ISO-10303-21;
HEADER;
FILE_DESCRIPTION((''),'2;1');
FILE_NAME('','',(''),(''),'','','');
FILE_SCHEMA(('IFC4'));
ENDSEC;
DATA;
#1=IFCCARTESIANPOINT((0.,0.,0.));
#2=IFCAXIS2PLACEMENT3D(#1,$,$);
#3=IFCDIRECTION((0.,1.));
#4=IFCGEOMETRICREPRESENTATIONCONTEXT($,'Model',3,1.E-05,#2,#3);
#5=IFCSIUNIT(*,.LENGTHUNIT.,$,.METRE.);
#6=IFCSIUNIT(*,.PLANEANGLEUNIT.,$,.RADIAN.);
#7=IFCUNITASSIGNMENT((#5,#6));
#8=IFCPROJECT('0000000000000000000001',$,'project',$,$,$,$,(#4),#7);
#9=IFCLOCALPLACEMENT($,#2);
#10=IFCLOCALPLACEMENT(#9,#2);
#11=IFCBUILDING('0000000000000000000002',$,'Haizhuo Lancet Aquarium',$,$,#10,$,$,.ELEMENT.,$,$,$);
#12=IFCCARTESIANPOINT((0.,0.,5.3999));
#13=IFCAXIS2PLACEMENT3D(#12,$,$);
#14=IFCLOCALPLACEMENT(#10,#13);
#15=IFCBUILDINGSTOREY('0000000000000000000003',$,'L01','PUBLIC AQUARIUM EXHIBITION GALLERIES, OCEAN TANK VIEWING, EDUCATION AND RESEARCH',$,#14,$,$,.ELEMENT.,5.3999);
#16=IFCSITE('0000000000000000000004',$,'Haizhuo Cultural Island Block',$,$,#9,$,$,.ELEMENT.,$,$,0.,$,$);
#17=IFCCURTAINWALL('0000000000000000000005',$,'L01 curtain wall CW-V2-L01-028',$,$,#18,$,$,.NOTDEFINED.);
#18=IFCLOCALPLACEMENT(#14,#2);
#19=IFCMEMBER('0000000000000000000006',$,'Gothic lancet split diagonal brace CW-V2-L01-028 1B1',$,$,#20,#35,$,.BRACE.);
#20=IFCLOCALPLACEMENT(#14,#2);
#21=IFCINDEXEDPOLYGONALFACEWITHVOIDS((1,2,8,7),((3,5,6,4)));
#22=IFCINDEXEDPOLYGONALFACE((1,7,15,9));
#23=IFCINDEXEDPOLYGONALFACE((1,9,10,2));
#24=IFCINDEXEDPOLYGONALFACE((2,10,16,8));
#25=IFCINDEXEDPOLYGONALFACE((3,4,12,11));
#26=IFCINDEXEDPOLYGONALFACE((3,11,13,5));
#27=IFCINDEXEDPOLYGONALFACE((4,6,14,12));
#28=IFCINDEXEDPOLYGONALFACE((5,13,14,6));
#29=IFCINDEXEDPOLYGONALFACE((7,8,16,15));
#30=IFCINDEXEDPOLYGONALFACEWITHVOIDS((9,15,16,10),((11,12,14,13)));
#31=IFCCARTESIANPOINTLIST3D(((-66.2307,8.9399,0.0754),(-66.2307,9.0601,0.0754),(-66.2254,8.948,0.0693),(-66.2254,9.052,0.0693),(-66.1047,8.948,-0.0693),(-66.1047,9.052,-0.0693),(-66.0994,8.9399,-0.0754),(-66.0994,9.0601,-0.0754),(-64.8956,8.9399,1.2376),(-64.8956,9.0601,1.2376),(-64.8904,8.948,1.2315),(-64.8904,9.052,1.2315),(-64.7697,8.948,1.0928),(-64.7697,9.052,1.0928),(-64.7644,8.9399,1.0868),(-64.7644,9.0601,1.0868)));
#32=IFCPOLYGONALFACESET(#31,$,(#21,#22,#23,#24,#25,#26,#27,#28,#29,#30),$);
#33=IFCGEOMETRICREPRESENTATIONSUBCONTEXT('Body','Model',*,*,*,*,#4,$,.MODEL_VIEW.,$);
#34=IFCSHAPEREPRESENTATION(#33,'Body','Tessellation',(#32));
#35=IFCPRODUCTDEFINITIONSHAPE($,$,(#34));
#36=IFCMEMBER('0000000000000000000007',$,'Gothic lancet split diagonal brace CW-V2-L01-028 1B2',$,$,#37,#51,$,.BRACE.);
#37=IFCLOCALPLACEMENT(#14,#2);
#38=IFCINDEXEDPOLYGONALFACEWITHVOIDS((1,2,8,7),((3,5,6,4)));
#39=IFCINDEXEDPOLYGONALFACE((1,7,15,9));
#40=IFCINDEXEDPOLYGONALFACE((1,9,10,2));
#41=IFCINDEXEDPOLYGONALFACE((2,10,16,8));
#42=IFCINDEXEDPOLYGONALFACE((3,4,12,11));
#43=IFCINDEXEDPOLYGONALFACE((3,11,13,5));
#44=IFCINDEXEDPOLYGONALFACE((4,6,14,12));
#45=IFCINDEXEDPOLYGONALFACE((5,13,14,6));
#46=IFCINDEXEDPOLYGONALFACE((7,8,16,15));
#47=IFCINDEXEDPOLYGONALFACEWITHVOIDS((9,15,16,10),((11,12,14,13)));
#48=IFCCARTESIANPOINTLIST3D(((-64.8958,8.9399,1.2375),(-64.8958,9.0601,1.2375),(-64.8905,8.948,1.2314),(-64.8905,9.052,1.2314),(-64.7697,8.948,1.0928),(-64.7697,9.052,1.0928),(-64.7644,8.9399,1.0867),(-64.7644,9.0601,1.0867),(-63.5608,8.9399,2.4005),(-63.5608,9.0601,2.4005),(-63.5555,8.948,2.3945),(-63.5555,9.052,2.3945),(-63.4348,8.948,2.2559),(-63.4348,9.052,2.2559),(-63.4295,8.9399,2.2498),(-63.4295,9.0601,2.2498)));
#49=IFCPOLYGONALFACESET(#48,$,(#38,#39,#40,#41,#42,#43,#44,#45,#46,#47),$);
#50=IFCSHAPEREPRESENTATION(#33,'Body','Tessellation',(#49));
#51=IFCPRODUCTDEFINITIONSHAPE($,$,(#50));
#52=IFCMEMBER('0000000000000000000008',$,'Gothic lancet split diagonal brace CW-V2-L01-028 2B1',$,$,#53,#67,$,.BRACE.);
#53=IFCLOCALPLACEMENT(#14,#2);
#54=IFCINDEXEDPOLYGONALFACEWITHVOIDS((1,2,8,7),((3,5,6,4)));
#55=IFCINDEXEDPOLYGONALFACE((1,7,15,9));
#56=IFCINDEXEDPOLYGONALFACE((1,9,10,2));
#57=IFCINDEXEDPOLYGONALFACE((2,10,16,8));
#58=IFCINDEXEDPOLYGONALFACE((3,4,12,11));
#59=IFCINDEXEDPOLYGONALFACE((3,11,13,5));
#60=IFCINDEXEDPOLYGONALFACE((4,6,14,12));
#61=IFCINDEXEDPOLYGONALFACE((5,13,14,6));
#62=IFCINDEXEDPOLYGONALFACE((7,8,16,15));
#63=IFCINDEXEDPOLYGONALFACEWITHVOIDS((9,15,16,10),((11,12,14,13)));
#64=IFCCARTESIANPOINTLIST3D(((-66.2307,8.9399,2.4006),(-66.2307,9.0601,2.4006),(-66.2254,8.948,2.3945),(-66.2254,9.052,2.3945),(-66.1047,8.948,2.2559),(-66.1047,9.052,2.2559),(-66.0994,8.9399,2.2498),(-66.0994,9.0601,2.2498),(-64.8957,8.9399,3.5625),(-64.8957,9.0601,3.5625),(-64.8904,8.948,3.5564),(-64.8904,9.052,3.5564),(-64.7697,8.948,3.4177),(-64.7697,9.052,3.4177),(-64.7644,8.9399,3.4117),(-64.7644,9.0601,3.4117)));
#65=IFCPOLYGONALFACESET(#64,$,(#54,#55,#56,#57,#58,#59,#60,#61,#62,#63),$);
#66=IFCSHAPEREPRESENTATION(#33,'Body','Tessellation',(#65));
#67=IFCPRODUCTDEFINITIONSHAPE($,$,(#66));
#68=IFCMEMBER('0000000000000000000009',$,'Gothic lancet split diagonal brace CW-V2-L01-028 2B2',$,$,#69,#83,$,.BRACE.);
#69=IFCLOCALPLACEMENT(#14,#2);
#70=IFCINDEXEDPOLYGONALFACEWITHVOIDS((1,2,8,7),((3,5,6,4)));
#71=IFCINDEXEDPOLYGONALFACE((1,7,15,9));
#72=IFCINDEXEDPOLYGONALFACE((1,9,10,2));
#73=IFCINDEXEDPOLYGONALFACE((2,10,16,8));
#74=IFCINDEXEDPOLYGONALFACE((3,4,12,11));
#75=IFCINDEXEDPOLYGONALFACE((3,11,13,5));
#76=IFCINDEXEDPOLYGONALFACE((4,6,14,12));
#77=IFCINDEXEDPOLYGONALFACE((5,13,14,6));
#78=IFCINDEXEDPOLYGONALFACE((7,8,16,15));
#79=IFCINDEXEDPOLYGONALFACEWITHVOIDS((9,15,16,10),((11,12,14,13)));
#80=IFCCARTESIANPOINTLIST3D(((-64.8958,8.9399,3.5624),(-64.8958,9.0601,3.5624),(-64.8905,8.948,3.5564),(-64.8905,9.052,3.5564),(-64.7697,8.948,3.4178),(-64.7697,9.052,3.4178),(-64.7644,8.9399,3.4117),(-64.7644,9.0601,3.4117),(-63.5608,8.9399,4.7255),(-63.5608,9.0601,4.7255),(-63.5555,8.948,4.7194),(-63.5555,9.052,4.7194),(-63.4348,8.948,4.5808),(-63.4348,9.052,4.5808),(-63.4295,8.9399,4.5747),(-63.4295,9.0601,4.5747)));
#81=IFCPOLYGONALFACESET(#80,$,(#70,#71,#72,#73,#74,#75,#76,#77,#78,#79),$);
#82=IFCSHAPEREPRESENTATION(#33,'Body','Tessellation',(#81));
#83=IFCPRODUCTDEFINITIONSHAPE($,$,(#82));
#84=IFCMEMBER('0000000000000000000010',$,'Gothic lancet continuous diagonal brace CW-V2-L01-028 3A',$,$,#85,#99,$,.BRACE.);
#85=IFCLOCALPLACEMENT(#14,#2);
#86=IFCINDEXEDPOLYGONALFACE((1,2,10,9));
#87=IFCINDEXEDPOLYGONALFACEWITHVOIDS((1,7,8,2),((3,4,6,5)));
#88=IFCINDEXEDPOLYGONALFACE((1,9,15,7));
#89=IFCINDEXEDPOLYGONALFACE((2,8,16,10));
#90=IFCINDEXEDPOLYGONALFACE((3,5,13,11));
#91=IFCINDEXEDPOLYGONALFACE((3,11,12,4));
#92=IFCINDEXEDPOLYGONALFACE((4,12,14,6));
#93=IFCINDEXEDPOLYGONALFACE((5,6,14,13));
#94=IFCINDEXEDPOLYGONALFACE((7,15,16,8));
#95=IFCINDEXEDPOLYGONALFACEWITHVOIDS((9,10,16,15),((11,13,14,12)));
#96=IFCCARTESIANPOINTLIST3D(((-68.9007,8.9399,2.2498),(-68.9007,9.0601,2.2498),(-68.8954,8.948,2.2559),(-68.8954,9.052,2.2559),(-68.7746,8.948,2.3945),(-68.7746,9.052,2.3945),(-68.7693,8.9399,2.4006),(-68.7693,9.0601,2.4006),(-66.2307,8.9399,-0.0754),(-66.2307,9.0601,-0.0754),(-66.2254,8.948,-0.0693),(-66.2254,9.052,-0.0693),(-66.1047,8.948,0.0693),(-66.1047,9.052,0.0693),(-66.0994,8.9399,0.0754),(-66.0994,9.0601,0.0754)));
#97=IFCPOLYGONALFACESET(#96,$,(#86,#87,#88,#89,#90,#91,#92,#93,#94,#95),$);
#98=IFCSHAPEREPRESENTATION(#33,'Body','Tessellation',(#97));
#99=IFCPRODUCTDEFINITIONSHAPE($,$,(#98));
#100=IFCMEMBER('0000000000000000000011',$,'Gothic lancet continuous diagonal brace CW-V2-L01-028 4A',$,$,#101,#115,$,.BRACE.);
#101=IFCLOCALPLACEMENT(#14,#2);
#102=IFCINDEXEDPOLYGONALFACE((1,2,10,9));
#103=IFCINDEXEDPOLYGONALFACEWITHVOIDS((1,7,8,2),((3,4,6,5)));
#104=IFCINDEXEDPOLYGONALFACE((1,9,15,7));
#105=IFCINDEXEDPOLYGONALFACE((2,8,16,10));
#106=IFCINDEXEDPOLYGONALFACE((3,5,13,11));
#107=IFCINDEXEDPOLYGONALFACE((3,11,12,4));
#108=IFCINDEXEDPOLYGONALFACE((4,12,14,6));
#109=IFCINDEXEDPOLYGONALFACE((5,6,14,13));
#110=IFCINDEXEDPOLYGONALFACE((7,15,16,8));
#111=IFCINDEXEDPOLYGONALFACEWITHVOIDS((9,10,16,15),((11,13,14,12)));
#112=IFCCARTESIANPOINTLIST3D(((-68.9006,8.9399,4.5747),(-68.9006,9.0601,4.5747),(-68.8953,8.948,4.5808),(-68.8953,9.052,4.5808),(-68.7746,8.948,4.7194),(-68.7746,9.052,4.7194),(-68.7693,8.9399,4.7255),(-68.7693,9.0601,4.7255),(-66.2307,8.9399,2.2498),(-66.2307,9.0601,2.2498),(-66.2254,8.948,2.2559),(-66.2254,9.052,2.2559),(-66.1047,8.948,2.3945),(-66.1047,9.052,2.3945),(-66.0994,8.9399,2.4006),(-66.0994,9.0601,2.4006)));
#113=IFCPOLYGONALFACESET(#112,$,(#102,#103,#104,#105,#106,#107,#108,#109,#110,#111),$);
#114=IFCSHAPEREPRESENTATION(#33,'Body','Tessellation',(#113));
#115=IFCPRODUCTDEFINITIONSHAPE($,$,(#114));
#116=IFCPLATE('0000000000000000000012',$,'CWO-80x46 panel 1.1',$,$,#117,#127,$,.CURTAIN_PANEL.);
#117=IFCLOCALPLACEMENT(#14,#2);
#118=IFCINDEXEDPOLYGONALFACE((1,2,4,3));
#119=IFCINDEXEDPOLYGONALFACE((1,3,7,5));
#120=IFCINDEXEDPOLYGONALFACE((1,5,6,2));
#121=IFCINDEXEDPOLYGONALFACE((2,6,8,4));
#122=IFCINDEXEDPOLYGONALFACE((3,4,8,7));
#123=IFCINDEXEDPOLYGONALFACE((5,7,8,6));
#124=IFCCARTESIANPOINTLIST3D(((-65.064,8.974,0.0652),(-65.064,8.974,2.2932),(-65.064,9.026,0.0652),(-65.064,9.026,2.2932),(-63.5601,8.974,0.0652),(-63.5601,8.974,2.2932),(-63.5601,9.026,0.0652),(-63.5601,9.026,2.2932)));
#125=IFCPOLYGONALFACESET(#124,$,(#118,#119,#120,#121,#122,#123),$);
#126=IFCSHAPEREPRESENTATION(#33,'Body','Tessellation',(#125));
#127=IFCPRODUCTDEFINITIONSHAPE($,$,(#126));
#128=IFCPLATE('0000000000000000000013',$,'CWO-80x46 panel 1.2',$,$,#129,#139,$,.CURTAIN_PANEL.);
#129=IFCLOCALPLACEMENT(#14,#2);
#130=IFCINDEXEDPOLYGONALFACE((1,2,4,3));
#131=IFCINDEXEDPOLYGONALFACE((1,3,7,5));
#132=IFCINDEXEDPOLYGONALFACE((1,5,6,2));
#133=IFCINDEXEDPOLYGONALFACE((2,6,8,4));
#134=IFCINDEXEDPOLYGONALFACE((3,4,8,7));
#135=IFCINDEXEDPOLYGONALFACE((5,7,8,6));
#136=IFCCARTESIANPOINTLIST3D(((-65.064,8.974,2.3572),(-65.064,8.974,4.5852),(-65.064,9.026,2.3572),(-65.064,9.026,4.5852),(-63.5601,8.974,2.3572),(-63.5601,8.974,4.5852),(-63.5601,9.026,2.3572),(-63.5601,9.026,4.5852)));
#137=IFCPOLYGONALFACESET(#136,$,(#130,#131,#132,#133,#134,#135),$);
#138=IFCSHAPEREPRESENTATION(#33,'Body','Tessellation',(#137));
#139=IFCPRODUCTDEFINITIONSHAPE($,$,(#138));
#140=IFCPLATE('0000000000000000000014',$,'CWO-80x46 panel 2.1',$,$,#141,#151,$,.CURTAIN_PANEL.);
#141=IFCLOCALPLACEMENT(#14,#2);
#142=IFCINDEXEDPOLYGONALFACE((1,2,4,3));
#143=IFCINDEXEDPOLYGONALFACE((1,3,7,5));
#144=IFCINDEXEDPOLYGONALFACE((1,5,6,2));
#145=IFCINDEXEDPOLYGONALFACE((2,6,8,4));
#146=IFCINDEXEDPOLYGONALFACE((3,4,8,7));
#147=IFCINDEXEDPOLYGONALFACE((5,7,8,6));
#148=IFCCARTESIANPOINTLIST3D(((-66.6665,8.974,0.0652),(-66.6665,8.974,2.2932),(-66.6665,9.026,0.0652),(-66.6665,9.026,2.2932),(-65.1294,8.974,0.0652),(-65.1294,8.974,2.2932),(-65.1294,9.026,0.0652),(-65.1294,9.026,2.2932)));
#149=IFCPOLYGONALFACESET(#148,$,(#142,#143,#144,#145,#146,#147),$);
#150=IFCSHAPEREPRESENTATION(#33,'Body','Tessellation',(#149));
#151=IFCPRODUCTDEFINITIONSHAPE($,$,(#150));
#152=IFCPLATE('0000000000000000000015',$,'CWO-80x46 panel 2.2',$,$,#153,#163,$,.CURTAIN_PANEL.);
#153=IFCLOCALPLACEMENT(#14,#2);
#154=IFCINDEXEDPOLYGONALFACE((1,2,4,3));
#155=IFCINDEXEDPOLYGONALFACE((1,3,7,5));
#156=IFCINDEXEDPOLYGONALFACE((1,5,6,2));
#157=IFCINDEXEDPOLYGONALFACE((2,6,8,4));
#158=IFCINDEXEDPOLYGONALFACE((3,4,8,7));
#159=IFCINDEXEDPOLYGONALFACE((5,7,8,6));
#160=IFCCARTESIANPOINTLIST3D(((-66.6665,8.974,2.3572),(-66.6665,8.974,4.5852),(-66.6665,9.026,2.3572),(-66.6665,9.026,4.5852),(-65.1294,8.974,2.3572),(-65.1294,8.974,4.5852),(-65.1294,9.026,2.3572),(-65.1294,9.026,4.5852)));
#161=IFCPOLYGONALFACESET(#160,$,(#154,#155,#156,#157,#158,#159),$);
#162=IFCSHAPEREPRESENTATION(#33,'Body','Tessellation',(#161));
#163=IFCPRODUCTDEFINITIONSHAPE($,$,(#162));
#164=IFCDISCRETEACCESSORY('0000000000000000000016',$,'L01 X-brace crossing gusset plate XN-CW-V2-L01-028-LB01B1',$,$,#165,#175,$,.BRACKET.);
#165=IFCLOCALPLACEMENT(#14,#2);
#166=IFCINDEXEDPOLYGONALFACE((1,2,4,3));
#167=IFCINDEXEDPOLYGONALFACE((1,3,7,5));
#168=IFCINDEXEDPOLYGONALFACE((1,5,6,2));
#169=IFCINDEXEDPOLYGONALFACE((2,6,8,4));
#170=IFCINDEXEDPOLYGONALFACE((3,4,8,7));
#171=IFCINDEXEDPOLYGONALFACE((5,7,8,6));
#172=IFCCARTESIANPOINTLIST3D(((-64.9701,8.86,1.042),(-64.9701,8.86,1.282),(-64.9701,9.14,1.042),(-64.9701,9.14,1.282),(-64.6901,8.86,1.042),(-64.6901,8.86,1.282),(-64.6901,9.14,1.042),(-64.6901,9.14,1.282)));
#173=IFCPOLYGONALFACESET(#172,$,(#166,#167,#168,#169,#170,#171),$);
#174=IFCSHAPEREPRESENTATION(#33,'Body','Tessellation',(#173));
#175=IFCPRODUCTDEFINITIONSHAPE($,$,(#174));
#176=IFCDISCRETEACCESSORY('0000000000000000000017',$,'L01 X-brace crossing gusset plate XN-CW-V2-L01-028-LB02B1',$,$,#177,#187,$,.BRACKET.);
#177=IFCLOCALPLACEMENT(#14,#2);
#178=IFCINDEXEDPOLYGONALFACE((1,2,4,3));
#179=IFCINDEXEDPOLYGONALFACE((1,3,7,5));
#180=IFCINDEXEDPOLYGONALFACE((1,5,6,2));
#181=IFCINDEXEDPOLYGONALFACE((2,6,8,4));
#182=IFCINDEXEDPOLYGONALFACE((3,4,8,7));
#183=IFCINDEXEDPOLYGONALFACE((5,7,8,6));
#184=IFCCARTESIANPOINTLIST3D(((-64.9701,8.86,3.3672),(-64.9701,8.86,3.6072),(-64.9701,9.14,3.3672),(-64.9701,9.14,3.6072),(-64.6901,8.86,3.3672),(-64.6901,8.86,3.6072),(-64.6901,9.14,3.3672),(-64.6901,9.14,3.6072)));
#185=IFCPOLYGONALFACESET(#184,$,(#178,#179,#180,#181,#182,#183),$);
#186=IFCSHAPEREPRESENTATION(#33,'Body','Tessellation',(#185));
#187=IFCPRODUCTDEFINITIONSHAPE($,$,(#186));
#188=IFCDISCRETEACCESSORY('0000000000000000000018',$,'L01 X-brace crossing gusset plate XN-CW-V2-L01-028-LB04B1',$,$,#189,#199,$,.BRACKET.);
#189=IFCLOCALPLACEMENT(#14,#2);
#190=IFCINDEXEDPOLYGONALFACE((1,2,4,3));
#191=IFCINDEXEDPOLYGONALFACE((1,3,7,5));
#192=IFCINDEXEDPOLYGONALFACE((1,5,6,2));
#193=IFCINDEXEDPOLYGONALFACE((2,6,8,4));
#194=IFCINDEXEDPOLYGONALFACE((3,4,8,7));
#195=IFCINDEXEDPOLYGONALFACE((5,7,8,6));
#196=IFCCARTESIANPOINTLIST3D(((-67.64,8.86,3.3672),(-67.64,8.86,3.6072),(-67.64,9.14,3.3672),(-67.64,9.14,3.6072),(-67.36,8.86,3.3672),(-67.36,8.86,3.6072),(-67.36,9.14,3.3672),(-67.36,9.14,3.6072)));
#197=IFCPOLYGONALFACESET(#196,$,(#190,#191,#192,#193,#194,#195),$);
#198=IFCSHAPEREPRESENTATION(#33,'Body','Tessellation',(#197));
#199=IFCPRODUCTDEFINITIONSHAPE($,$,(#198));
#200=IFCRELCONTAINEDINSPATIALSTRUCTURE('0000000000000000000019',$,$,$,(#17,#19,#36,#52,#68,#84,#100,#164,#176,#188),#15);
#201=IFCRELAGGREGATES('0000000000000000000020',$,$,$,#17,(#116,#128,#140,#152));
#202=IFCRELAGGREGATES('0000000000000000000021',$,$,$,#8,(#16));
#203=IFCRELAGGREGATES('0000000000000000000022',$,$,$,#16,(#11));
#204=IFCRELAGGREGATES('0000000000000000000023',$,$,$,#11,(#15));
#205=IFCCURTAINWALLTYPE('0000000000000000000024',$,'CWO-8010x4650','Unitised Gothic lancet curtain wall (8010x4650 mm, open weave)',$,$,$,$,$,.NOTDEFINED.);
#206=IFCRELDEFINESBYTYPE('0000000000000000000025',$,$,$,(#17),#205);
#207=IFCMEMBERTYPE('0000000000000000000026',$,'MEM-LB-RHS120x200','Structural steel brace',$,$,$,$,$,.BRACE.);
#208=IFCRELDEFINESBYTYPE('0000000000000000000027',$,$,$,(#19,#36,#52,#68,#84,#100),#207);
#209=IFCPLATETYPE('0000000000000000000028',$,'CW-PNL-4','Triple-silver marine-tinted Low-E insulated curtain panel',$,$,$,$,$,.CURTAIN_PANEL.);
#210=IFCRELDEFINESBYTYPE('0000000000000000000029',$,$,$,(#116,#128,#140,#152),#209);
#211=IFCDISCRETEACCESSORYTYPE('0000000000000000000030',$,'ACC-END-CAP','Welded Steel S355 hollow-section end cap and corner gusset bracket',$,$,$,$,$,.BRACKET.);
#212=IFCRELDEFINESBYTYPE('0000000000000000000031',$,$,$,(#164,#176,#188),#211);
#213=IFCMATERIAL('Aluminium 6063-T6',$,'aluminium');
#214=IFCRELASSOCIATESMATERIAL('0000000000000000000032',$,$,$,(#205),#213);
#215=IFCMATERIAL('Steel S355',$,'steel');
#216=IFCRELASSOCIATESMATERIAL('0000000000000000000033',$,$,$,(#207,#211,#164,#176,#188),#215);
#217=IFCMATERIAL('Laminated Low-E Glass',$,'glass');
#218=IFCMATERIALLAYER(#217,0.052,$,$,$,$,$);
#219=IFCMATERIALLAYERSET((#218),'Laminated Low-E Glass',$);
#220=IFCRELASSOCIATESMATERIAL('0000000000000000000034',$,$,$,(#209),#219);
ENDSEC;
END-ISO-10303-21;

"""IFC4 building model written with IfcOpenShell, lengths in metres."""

from ifc_helpers import new_model, si_unit, direction, frame, origin, origin_2d, place, context, subcontext, project, spatial, rectangle, hollow_rectangle, extrude, material, layer, layer_set, material_profile, profile_set, type_object, element, aggregate, save


model = new_model("IFC4")

# Units and contexts
model_context = context("Model", 3, precision=1e-05, world=origin(), true_north=direction((0.0, 1.0)))
body_context = subcontext(model_context, "Body", "Model", "MODEL_VIEW")
ifc_project = project(units=[si_unit("LENGTHUNIT", "METRE"), si_unit("PLANEANGLEUNIT", "RADIAN")], contexts=[model_context])

# Site, building, storey
site_placement = place(None, origin())
site = spatial("IfcSite", under=ifc_project, at=site_placement, Name="Haizhuo Cultural Island Block", CompositionType="ELEMENT", RefElevation=0.0)
building_placement = place(site_placement, origin())
building = spatial("IfcBuilding", under=site, at=building_placement, Name="Haizhuo Lancet Aquarium", CompositionType="ELEMENT")
storey_placement = place(building_placement, frame((0.0, 0.0, 5.3999)))
storey = spatial("IfcBuildingStorey", under=building, at=storey_placement, Name="L01", Description="PUBLIC AQUARIUM EXHIBITION GALLERIES, OCEAN TANK VIEWING, EDUCATION AND RESEARCH", CompositionType="ELEMENT", Elevation=5.3999)

# Curtain wall
ifc_material_1 = material(Name="Aluminium 6063-T6", Category="aluminium")
curtain_wall_type = type_object("IfcCurtainWallType", Name="CWO-8010x4650", Description="Unitised Gothic lancet curtain wall (8010x4650 mm, open weave)", PredefinedType="NOTDEFINED", material=ifc_material_1)
curtain_wall_placement = place(storey_placement, origin())
curtain_wall = element("IfcCurtainWall", 1, at=curtain_wall_placement, inside=storey, type_object=curtain_wall_type, Name="L01 curtain wall CW-V2-L01-028", PredefinedType="NOTDEFINED")

# Members
ifc_material_2 = material(Name="Steel S355", Category="steel")
ifc_material_profile_1 = material_profile(ifc_material_2, hollow_rectangle(XDim=0.1201, YDim=0.2, WallThickness=0.0081, at=origin_2d()), Name="RHS 120x200x8")
ifc_profile_set_1 = profile_set([ifc_material_profile_1], Name="Steel S355")
member_type_1 = type_object("IfcMemberType", Name="MEM-LB-RHS120x200", Description="Structural steel brace", PredefinedType="BRACE", material=ifc_profile_set_1)
member_1_placement = place(storey_placement, frame((-66.165, 9.0, 0.0), z_axis=(0.754249, 0.0, 0.656588), x_axis=(0.0, 1.0, 0.0)))
element("IfcMember", 2, at=member_1_placement, inside=storey, type_object=member_type_1, Name="Gothic lancet split diagonal brace CW-V2-L01-028 1B1", PredefinedType="BRACE", context=body_context, shape_type="SweptSolid", body=[
    extrude(hollow_rectangle(XDim=0.1201, YDim=0.2, WallThickness=0.0081, at=origin_2d()), origin(), (0.0, 0.0, 1.0), 1.77),
])
member_2_placement = place(storey_placement, frame((-64.8301, 9.0, 1.1621), z_axis=(0.753976, 0.0, 0.656902), x_axis=(0.0, 1.0, 0.0)))
element("IfcMember", 3, at=member_2_placement, inside=storey, type_object=member_type_1, Name="Gothic lancet split diagonal brace CW-V2-L01-028 1B2", PredefinedType="BRACE", context=body_context, shape_type="SweptSolid", body=[
    extrude(hollow_rectangle(XDim=0.1201, YDim=0.2, WallThickness=0.0081, at=origin_2d()), origin(), (0.0, 0.0, 1.0), 1.7705),
])
member_3_placement = place(storey_placement, frame((-66.165, 9.0, 2.3252), z_axis=(0.754317, 0.0, 0.65651), x_axis=(0.0, 1.0, 0.0)))
element("IfcMember", 4, at=member_3_placement, inside=storey, type_object=member_type_1, Name="Gothic lancet split diagonal brace CW-V2-L01-028 2B1", PredefinedType="BRACE", context=body_context, shape_type="SweptSolid", body=[
    extrude(hollow_rectangle(XDim=0.1201, YDim=0.2, WallThickness=0.0081, at=origin_2d()), origin(), (0.0, 0.0, 1.0), 1.7698),
])
member_4_placement = place(storey_placement, frame((-64.8301, 9.0, 3.4871), z_axis=(0.753976, 0.0, 0.656902), x_axis=(0.0, 1.0, 0.0)))
element("IfcMember", 5, at=member_4_placement, inside=storey, type_object=member_type_1, Name="Gothic lancet split diagonal brace CW-V2-L01-028 2B2", PredefinedType="BRACE", context=body_context, shape_type="SweptSolid", body=[
    extrude(hollow_rectangle(XDim=0.1201, YDim=0.2, WallThickness=0.0081, at=origin_2d()), origin(), (0.0, 0.0, 1.0), 1.7705),
])
member_5_placement = place(storey_placement, frame((-66.165, 9.0, 0.0), z_axis=(-0.754112, 0.0, 0.656745), x_axis=(0.0, -1.0, 0.0)))
element("IfcMember", 6, at=member_5_placement, inside=storey, type_object=member_type_1, Name="Gothic lancet continuous diagonal brace CW-V2-L01-028 3A", PredefinedType="BRACE", context=body_context, shape_type="SweptSolid", body=[
    extrude(hollow_rectangle(XDim=0.1201, YDim=0.2, WallThickness=0.0081, at=origin_2d()), origin(), (0.0, 0.0, 1.0), 3.5405),
])
member_6_placement = place(storey_placement, frame((-66.165, 9.0, 2.3252), z_axis=(-0.754147, 0.0, 0.656706), x_axis=(0.0, -1.0, 0.0)))
element("IfcMember", 7, at=member_6_placement, inside=storey, type_object=member_type_1, Name="Gothic lancet continuous diagonal brace CW-V2-L01-028 4A", PredefinedType="BRACE", context=body_context, shape_type="SweptSolid", body=[
    extrude(hollow_rectangle(XDim=0.1201, YDim=0.2, WallThickness=0.0081, at=origin_2d()), origin(), (0.0, 0.0, 1.0), 3.5403),
])

# Plates
ifc_material_3 = material(Name="Laminated Low-E Glass", Category="glass")
ifc_layer = layer(ifc_material_3, 0.052)
ifc_layer_set = layer_set([ifc_layer], Name="Laminated Low-E Glass")
plate_type = type_object("IfcPlateType", Name="CW-PNL-4", Description="Triple-silver marine-tinted Low-E insulated curtain panel", PredefinedType="CURTAIN_PANEL", material=ifc_layer_set)
plate_1_placement = place(storey_placement, frame((-64.312, 9.0, 0.0652), z_axis=(0.0, 0.0, 1.0), x_axis=(-1.0, 0.0, 0.0)))
plate_1 = element("IfcPlate", 8, at=plate_1_placement, type_object=plate_type, Name="CWO-80x46 panel 1.1", PredefinedType="CURTAIN_PANEL", context=body_context, shape_type="SweptSolid", body=[
    extrude(rectangle(XDim=1.5039, YDim=0.052, at=origin_2d()), origin(), (0.0, 0.0, 1.0), 2.228),
])
plate_2_placement = place(storey_placement, frame((-64.312, 9.0, 2.3572), z_axis=(0.0, 0.0, 1.0), x_axis=(-1.0, 0.0, 0.0)))
plate_2 = element("IfcPlate", 9, at=plate_2_placement, type_object=plate_type, Name="CWO-80x46 panel 1.2", PredefinedType="CURTAIN_PANEL", context=body_context, shape_type="SweptSolid", body=[
    extrude(rectangle(XDim=1.5039, YDim=0.052, at=origin_2d()), origin(), (0.0, 0.0, 1.0), 2.228),
])
plate_3_placement = place(storey_placement, frame((-65.8979, 9.0, 0.0652), z_axis=(0.0, 0.0, 1.0), x_axis=(-1.0, 0.0, 0.0)))
plate_3 = element("IfcPlate", 10, at=plate_3_placement, type_object=plate_type, Name="CWO-80x46 panel 2.1", PredefinedType="CURTAIN_PANEL", context=body_context, shape_type="SweptSolid", body=[
    extrude(rectangle(XDim=1.5371, YDim=0.052, at=origin_2d()), origin(), (0.0, 0.0, 1.0), 2.228),
])
plate_4_placement = place(storey_placement, frame((-65.8979, 9.0, 2.3572), z_axis=(0.0, 0.0, 1.0), x_axis=(-1.0, 0.0, 0.0)))
plate_4 = element("IfcPlate", 11, at=plate_4_placement, type_object=plate_type, Name="CWO-80x46 panel 2.2", PredefinedType="CURTAIN_PANEL", context=body_context, shape_type="SweptSolid", body=[
    extrude(rectangle(XDim=1.5371, YDim=0.052, at=origin_2d()), origin(), (0.0, 0.0, 1.0), 2.228),
])
aggregate(curtain_wall, [plate_1, plate_2, plate_3, plate_4])

# Discrete accessories
discrete_accessory_type = type_object("IfcDiscreteAccessoryType", Name="ACC-END-CAP", Description="Welded Steel S355 hollow-section end cap and corner gusset bracket", PredefinedType="BRACKET", material=ifc_material_2)
for number, where, z_axis, x_axis, name in (
    (12, (-64.8301, 9.0, 1.042), (0.0, 0.0, 1.0), (1.0, 0.0, 0.0), "L01 X-brace crossing gusset plate XN-CW-V2-L01-028-LB01B1"),
    (13, (-64.8301, 9.0, 3.3672), (0.0, 0.0, 1.0), (1.0, 0.0, 0.0), "L01 X-brace crossing gusset plate XN-CW-V2-L01-028-LB02B1"),
    (14, (-67.5, 9.0, 3.3672), (0.0, 0.0, 1.0), (1.0, 0.0, 0.0), "L01 X-brace crossing gusset plate XN-CW-V2-L01-028-LB04B1"),
):
    element("IfcDiscreteAccessory", number, at=place(storey_placement, frame(where, z_axis=z_axis, x_axis=x_axis)), inside=storey, type_object=discrete_accessory_type, material=ifc_material_2, Name=name, PredefinedType="BRACKET", context=body_context, shape_type="SweptSolid", body=[
        extrude(rectangle(XDim=0.28, YDim=0.28, at=origin_2d()), origin(), (0.0, 0.0, 1.0), 0.24),
    ])

save(model, "model.ifc")
